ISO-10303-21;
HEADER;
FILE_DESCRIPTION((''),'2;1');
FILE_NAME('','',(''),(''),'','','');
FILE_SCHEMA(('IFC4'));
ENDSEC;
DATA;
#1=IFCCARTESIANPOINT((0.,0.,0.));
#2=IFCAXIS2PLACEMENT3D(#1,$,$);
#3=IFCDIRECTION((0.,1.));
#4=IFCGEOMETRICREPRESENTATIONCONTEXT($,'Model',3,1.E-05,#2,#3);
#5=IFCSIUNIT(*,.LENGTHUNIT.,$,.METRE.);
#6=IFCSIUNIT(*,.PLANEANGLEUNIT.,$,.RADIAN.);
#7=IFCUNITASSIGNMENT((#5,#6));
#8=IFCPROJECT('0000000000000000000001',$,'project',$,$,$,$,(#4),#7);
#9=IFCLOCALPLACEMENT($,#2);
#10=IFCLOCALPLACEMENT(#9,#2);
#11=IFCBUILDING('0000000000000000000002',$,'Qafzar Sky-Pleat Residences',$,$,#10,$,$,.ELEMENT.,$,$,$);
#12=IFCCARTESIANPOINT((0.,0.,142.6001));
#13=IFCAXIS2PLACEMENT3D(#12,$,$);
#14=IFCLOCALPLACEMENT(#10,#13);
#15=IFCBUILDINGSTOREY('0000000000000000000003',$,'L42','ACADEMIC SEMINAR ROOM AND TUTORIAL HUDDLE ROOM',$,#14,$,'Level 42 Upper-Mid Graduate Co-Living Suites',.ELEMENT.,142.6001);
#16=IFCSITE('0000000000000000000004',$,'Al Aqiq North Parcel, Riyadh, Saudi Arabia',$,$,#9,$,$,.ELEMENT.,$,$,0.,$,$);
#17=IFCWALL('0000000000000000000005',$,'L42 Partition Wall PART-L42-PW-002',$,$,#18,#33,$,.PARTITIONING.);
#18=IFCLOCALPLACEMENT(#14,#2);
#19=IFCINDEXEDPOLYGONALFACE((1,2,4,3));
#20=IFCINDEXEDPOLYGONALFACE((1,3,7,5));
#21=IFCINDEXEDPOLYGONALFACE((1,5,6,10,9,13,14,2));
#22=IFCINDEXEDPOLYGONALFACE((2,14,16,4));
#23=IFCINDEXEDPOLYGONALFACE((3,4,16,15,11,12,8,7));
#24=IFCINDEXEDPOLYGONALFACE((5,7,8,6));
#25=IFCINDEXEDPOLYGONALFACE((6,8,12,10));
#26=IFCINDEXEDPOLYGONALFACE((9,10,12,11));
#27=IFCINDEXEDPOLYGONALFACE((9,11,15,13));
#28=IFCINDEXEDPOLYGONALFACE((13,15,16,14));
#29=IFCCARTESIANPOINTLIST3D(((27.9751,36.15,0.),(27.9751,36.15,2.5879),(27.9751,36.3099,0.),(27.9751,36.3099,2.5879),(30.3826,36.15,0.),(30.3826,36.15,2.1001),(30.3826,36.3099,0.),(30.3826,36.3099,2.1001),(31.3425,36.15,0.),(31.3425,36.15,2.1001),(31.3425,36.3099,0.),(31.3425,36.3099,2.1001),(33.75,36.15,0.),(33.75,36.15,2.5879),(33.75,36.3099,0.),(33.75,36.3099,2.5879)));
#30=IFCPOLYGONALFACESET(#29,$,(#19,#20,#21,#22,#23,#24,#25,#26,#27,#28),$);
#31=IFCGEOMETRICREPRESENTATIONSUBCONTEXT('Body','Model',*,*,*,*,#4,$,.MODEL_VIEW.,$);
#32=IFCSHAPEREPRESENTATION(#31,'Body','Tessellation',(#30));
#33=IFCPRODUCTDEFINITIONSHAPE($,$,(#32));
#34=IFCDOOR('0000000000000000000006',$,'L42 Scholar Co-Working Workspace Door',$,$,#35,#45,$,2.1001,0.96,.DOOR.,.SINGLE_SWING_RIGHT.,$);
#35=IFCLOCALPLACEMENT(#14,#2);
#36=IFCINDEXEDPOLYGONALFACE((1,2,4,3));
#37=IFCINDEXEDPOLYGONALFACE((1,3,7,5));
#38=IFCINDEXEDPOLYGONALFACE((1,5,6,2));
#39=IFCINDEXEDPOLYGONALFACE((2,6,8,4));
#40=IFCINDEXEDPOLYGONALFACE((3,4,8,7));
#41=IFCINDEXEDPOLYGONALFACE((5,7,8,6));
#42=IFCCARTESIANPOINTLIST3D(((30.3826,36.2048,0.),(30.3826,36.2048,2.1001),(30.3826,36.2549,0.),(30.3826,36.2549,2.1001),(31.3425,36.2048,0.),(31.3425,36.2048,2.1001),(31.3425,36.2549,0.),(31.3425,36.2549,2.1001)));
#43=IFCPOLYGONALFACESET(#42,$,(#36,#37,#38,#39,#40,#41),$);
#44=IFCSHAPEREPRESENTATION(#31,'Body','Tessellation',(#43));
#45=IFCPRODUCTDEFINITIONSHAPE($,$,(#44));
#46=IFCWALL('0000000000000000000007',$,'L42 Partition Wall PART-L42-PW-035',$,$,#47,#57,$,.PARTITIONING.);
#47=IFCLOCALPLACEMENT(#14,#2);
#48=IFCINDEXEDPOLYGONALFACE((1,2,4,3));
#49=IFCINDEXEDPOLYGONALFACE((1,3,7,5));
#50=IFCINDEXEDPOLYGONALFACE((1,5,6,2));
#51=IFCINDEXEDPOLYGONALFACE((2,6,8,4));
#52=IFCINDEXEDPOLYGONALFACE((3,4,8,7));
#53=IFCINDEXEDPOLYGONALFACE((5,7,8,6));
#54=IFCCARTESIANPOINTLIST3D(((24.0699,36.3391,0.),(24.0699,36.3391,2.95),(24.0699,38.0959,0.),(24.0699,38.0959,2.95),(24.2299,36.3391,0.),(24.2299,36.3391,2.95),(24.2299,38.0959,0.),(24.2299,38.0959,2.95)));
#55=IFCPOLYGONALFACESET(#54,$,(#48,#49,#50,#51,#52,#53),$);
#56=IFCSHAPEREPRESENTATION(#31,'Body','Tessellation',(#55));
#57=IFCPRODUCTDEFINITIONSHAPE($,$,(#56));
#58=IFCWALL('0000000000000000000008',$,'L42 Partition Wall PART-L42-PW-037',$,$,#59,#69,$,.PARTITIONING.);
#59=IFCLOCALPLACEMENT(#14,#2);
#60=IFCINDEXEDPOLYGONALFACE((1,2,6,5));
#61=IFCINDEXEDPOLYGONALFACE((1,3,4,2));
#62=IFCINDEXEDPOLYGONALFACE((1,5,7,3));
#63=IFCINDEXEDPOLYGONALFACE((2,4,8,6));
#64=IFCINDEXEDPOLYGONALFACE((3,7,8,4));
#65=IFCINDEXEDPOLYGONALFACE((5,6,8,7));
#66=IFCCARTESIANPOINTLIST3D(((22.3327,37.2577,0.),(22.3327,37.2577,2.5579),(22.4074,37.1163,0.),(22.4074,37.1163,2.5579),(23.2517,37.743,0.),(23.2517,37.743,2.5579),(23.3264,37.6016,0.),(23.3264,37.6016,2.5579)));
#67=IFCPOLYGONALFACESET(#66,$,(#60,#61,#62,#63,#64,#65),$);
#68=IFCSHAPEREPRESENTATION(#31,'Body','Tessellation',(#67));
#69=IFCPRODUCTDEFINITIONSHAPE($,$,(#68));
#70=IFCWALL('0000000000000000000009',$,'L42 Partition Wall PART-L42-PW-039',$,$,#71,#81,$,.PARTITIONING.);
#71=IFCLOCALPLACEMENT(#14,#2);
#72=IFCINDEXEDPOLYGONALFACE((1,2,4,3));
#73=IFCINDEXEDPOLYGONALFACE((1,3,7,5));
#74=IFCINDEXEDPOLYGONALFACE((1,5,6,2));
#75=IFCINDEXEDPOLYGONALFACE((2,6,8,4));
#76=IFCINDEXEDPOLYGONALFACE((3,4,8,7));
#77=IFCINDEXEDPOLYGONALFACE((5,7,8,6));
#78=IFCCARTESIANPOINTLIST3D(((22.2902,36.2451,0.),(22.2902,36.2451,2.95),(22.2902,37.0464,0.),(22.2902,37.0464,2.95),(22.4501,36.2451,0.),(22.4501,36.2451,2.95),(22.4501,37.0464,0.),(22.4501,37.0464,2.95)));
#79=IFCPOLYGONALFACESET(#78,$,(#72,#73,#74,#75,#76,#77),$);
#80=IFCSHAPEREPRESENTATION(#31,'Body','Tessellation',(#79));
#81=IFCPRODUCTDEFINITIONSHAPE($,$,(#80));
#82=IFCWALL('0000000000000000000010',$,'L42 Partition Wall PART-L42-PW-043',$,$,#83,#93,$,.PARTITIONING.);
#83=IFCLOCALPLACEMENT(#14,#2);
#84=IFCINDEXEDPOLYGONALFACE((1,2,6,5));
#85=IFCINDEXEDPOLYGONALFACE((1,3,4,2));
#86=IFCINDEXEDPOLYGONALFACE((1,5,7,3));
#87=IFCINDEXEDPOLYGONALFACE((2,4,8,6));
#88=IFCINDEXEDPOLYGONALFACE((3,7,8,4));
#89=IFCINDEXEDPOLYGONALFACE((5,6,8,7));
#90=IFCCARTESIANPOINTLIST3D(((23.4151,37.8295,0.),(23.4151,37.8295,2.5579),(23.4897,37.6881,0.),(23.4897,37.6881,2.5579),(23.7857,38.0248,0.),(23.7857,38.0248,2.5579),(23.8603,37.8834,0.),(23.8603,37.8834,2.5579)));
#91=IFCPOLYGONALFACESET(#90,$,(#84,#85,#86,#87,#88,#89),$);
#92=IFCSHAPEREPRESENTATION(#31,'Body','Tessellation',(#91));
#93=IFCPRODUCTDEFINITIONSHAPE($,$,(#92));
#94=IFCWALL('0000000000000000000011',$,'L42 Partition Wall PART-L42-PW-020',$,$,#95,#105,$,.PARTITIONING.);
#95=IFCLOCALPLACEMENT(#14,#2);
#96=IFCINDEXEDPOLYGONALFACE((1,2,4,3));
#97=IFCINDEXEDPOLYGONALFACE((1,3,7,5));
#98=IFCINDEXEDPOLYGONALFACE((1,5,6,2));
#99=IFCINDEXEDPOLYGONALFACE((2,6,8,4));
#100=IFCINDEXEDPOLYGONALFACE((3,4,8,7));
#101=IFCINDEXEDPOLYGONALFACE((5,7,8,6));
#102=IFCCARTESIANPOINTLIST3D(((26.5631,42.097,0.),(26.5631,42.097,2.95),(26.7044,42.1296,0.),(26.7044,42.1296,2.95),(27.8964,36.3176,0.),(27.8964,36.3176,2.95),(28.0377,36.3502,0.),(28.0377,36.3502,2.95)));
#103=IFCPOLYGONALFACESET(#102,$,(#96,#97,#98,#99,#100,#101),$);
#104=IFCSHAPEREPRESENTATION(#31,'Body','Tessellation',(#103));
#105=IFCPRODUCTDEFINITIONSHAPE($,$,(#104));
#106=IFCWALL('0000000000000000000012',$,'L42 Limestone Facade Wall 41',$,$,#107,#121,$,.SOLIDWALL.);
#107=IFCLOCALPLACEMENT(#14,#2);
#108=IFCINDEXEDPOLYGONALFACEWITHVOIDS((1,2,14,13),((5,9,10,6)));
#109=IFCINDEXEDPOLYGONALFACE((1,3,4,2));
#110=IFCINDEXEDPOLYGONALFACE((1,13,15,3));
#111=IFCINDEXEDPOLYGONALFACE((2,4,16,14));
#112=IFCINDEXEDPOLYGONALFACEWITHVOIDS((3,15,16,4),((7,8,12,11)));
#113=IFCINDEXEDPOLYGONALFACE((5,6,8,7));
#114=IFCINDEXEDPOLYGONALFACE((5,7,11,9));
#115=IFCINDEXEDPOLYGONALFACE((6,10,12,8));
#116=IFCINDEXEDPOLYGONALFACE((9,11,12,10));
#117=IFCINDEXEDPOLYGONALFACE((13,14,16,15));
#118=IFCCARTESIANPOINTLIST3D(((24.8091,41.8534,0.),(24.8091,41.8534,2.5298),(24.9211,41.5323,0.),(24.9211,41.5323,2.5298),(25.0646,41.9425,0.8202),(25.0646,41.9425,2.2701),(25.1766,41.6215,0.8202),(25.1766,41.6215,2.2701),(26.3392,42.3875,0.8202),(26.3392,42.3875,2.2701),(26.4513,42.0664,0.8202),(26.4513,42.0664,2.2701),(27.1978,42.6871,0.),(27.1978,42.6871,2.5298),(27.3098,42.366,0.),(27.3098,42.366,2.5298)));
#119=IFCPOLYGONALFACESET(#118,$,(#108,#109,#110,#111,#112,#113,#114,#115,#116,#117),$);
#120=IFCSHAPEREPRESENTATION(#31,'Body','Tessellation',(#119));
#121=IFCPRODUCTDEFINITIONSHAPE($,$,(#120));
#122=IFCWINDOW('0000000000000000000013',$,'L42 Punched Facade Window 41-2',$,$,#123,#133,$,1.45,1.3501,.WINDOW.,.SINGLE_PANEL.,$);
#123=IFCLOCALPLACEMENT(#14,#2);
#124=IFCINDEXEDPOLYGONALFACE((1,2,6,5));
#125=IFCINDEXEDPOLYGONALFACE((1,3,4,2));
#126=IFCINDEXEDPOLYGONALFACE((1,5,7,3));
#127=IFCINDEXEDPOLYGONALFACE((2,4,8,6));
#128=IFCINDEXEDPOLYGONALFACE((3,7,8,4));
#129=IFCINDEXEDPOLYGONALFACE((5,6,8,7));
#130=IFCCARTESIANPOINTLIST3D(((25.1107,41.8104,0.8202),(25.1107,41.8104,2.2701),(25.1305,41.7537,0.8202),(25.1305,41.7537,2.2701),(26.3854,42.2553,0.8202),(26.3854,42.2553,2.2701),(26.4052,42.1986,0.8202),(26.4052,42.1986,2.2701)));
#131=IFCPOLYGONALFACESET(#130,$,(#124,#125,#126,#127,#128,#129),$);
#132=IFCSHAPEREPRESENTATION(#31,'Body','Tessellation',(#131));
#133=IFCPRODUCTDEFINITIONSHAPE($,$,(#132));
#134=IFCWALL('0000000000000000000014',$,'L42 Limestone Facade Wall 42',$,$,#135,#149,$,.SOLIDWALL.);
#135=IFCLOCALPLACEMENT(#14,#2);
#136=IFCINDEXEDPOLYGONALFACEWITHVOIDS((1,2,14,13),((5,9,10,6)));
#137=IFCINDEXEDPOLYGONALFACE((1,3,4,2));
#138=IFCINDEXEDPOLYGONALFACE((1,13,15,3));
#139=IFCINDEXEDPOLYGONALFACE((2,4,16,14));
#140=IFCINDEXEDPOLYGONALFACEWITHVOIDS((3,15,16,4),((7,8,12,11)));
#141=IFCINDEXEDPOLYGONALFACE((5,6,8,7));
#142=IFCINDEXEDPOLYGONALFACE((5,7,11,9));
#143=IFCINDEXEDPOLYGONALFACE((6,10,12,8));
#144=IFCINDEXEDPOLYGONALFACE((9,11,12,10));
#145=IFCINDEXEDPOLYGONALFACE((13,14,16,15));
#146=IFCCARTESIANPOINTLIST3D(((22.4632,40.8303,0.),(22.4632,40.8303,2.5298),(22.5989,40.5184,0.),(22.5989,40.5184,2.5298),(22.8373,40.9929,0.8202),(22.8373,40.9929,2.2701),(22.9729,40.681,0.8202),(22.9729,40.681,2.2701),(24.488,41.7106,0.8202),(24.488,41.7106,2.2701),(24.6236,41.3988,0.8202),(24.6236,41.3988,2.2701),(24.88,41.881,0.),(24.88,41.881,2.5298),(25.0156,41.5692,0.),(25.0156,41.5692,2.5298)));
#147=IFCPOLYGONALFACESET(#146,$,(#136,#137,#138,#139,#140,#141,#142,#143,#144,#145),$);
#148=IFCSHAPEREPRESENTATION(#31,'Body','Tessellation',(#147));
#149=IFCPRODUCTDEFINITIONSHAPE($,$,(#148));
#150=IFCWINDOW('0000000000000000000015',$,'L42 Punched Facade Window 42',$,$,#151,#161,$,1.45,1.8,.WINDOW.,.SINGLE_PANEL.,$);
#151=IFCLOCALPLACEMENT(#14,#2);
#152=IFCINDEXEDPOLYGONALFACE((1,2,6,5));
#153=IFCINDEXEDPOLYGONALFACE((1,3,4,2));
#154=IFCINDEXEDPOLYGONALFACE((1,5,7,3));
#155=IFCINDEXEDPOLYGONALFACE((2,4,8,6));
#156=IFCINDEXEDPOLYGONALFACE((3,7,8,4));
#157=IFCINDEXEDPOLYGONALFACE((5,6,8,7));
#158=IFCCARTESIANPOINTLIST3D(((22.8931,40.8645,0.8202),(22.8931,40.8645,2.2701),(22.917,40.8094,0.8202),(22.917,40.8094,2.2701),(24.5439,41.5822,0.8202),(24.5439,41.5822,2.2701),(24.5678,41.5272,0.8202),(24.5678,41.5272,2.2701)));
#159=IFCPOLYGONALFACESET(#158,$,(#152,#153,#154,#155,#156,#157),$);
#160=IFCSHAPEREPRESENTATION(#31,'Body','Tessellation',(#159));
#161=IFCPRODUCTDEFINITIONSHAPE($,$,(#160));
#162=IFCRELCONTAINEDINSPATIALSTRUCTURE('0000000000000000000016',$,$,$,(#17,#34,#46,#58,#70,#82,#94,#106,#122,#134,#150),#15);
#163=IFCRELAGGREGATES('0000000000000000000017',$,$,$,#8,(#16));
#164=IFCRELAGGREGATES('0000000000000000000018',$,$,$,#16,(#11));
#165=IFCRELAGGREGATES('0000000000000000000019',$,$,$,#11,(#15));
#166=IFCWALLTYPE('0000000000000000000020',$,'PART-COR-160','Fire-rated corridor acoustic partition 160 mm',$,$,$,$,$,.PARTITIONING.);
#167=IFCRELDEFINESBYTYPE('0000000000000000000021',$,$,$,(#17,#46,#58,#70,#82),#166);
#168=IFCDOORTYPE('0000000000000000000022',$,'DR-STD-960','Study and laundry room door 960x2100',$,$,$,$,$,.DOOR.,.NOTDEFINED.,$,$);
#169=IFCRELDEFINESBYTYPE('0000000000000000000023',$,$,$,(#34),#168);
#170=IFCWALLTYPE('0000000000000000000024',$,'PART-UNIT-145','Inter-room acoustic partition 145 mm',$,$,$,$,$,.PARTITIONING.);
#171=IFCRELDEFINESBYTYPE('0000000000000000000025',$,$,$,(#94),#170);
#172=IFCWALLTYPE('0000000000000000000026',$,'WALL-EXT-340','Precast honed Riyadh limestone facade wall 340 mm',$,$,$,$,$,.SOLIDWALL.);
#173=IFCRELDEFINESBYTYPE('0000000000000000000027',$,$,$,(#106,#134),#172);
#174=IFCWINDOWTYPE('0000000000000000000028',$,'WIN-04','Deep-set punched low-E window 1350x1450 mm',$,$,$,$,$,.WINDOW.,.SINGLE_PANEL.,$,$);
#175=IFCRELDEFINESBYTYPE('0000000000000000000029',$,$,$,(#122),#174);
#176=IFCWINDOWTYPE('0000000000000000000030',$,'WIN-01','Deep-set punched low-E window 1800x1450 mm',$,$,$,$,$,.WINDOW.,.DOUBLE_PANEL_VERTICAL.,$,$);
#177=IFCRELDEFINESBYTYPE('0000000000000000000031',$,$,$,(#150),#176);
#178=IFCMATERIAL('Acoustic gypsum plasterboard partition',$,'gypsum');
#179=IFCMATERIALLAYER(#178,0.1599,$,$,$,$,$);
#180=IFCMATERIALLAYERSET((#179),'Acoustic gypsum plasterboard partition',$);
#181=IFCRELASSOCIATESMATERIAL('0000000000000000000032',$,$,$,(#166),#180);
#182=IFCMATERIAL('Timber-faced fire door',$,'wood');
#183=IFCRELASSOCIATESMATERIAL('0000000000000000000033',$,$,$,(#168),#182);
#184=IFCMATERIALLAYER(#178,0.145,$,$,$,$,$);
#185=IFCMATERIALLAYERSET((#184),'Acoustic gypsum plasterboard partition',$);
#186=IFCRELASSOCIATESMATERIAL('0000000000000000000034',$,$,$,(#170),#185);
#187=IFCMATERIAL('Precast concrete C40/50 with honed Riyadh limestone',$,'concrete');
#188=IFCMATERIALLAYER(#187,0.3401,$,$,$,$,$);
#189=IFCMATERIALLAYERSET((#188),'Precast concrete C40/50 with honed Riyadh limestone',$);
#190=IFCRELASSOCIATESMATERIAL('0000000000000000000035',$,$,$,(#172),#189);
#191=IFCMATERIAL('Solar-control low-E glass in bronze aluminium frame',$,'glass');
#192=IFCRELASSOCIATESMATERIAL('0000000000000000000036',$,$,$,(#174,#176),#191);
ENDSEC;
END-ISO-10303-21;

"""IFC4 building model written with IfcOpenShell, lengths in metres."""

from ifc_helpers import new_model, si_unit, direction, frame, frame_2d, origin, place, context, subcontext, project, spatial, rectangle, extrude, source, transform, mapped, material, layer, layer_set, type_object, element, fill, save


model = new_model("IFC4")

# Units and contexts
model_context = context("Model", 3, precision=1e-05, world=origin(), true_north=direction((0.0, 1.0)))
body_context = subcontext(model_context, "Body", "Model", "MODEL_VIEW")
ifc_project = project(units=[si_unit("LENGTHUNIT", "METRE"), si_unit("PLANEANGLEUNIT", "RADIAN")], contexts=[model_context])

# Site, building, storey
site_placement = place(None, origin())
site = spatial("IfcSite", under=ifc_project, at=site_placement, Name="Al Aqiq North Parcel, Riyadh, Saudi Arabia", CompositionType="ELEMENT", RefElevation=0.0)
building_placement = place(site_placement, origin())
building = spatial("IfcBuilding", under=site, at=building_placement, Name="Qafzar Sky-Pleat Residences", CompositionType="ELEMENT")
storey_placement = place(building_placement, frame((0.0, 0.0, 142.6001)))
storey = spatial("IfcBuildingStorey", under=building, at=storey_placement, Name="L42", Description="ACADEMIC SEMINAR ROOM AND TUTORIAL HUDDLE ROOM", LongName="Level 42 Upper-Mid Graduate Co-Living Suites", CompositionType="ELEMENT", Elevation=142.6001)

# Wall, opening, door
ifc_material_1 = material(Name="Acoustic gypsum plasterboard partition", Category="gypsum")
ifc_layer_1 = layer(ifc_material_1, 0.1599)
ifc_layer_set_1 = layer_set([ifc_layer_1], Name="Acoustic gypsum plasterboard partition")
wall_type_1 = type_object("IfcWallType", Name="PART-COR-160", Description="Fire-rated corridor acoustic partition 160 mm", PredefinedType="PARTITIONING", material=ifc_layer_set_1)
wall_1_placement = place(storey_placement, frame((27.9751, 36.23, 0.0), z_axis=(0.0, 0.0, 1.0), x_axis=(1.0, 0.0, 0.0)))
wall_1 = element("IfcWall", 1, at=wall_1_placement, inside=storey, type_object=wall_type_1, Name="L42 Partition Wall PART-L42-PW-002", PredefinedType="PARTITIONING", context=body_context, shape_type="SweptSolid", body=[
    extrude(rectangle(XDim=5.7749, YDim=0.1599, at=frame_2d((2.8875, 0.0))), origin(), (0.0, 0.0, 1.0), 2.5879),
])
opening_1_placement = place(wall_1_placement, frame((2.4075, 0.0, 0.0)))
opening_1 = element("IfcOpeningElement", 2, at=opening_1_placement, cuts=wall_1, PredefinedType="OPENING", context=body_context, shape_type="SweptSolid", body=[
    extrude(rectangle(XDim=0.96, YDim=2.1001, at=frame_2d((0.48, 1.05))), frame((0.0, 0.0898, 0.0), z_axis=(0.0, -1.0, 0.0), x_axis=(1.0, 0.0, 0.0)), (0.0, 0.0, 1.0), 0.1799),
])
ifc_material_2 = material(Name="Timber-faced fire door", Category="wood")
door_type = type_object("IfcDoorType", Name="DR-STD-960", Description="Study and laundry room door 960x2100", OperationType="NOTDEFINED", PredefinedType="DOOR", material=ifc_material_2)
shared_shape_1 = source(origin(), body_context, "Body", "SweptSolid", [
    extrude(rectangle(XDim=0.96, YDim=2.1001, at=frame_2d((0.48, 1.05))), frame((0.0, 0.0249, 0.0), z_axis=(0.0, -1.0, 0.0), x_axis=(1.0, 0.0, 0.0)), (0.0, 0.0, 1.0), 0.05),
])
door_placement = place(opening_1_placement, origin())
door = element("IfcDoor", 3, at=door_placement, inside=storey, type_object=door_type, Name="L42 Scholar Co-Working Workspace Door", OperationType="SINGLE_SWING_RIGHT", OverallHeight=2.1001, OverallWidth=0.96, PredefinedType="DOOR", context=body_context, shape_type="MappedRepresentation", body=[
    mapped(shared_shape_1, transform((0.0, 0.0, 0.0), x_axis=(1.0, 0.0, 0.0), y_axis=(0.0, 1.0, 0.0), z_axis=(0.0, 0.0, 1.0), scale=1.0)),
])
fill(opening_1, door)

# Walls
wall_2_placement = place(storey_placement, frame((24.1499, 36.3391, 0.0), z_axis=(0.0, 0.0, 1.0), x_axis=(0.0, 1.0, 0.0)))
element("IfcWall", 4, at=wall_2_placement, inside=storey, type_object=wall_type_1, Name="L42 Partition Wall PART-L42-PW-035", PredefinedType="PARTITIONING", context=body_context, shape_type="SweptSolid", body=[
    extrude(rectangle(XDim=1.7568, YDim=0.1599, at=frame_2d((0.8784, 0.0))), origin(), (0.0, 0.0, 1.0), 2.95),
])
wall_3_placement = place(storey_placement, frame((22.3701, 37.187, 0.0), z_axis=(0.0, 0.0, 1.0), x_axis=(0.884245, 0.467024, 0.0)))
element("IfcWall", 5, at=wall_3_placement, inside=storey, type_object=wall_type_1, Name="L42 Partition Wall PART-L42-PW-037", PredefinedType="PARTITIONING", context=body_context, shape_type="SweptSolid", body=[
    extrude(rectangle(XDim=1.0393, YDim=0.1599, at=frame_2d((0.5195, 0.0))), origin(), (0.0, 0.0, 1.0), 2.5579),
])
wall_4_placement = place(storey_placement, frame((22.3701, 36.2451, 0.0), z_axis=(0.0, 0.0, 1.0), x_axis=(0.0, 1.0, 0.0)))
element("IfcWall", 6, at=wall_4_placement, inside=storey, type_object=wall_type_1, Name="L42 Partition Wall PART-L42-PW-039", PredefinedType="PARTITIONING", context=body_context, shape_type="SweptSolid", body=[
    extrude(rectangle(XDim=0.8013, YDim=0.1599, at=frame_2d((0.4006, 0.0))), origin(), (0.0, 0.0, 1.0), 2.95),
])
wall_5_placement = place(storey_placement, frame((23.4524, 37.7588, 0.0), z_axis=(0.0, 0.0, 1.0), x_axis=(0.884665, 0.466227, 0.0)))
element("IfcWall", 7, at=wall_5_placement, inside=storey, type_object=wall_type_1, Name="L42 Partition Wall PART-L42-PW-043", PredefinedType="PARTITIONING", context=body_context, shape_type="SweptSolid", body=[
    extrude(rectangle(XDim=0.4189, YDim=0.1599, at=frame_2d((0.2095, 0.0))), origin(), (0.0, 0.0, 1.0), 2.5579),
])
ifc_layer_2 = layer(ifc_material_1, 0.145)
ifc_layer_set_2 = layer_set([ifc_layer_2], Name="Acoustic gypsum plasterboard partition")
wall_type_2 = type_object("IfcWallType", Name="PART-UNIT-145", Description="Inter-room acoustic partition 145 mm", PredefinedType="PARTITIONING", material=ifc_layer_set_2)
wall_6_placement = place(storey_placement, frame((26.6338, 42.1133, 0.0), z_axis=(0.0, 0.0, 1.0), x_axis=(0.22479, -0.974407, 0.0)))
element("IfcWall", 8, at=wall_6_placement, inside=storey, type_object=wall_type_2, Name="L42 Partition Wall PART-L42-PW-020", PredefinedType="PARTITIONING", context=body_context, shape_type="SweptSolid", body=[
    extrude(rectangle(XDim=5.9312, YDim=0.145, at=frame_2d((2.9656, 0.0))), origin(), (0.0, 0.0, 1.0), 2.95),
])

# Walls, openings, windows
ifc_material_3 = material(Name="Precast concrete C40/50 with honed Riyadh limestone", Category="concrete")
ifc_layer_3 = layer(ifc_material_3, 0.3401)
ifc_layer_set_3 = layer_set([ifc_layer_3], Name="Precast concrete C40/50 with honed Riyadh limestone")
wall_type_3 = type_object("IfcWallType", Name="WALL-EXT-340", Description="Precast honed Riyadh limestone facade wall 340 mm", PredefinedType="SOLIDWALL", material=ifc_layer_set_3)
wall_7_placement = place(storey_placement, frame((27.2539, 42.5266, 0.0), z_axis=(0.0, 0.0, 1.0), x_axis=(-0.944141, -0.329542, 0.0)))
wall_7 = element("IfcWall", 9, at=wall_7_placement, inside=storey, type_object=wall_type_3, Name="L42 Limestone Facade Wall 41", PredefinedType="SOLIDWALL", context=body_context, shape_type="SweptSolid", body=[
    extrude(rectangle(XDim=2.53, YDim=0.3401, at=frame_2d((1.2651, 0.0))), origin(), (0.0, 0.0, 1.0), 2.5298),
])
opening_2_placement = place(wall_7_placement, frame((0.9094, 0.0, 0.8201)))
opening_2 = element("IfcOpeningElement", 10, at=opening_2_placement, cuts=wall_7, PredefinedType="OPENING", context=body_context, shape_type="SweptSolid", body=[
    extrude(rectangle(XDim=1.3501, YDim=1.45, at=frame_2d((0.675, 0.7251))), frame((0.0, 0.1802, 0.0), z_axis=(0.0, -1.0, 0.0), x_axis=(1.0, 0.0, 0.0)), (0.0, 0.0, 1.0), 0.3601),
])
ifc_material_4 = material(Name="Solar-control low-E glass in bronze aluminium frame", Category="glass")
window_type_1 = type_object("IfcWindowType", Name="WIN-04", Description="Deep-set punched low-E window 1350x1450 mm", PartitioningType="SINGLE_PANEL", PredefinedType="WINDOW", material=ifc_material_4)
shared_shape_2 = source(origin(), body_context, "Body", "SweptSolid", [
    extrude(rectangle(XDim=1.3501, YDim=1.45, at=frame_2d((0.675, 0.7251))), frame((0.0, 0.03, 0.0), z_axis=(0.0, -1.0, 0.0), x_axis=(1.0, 0.0, 0.0)), (0.0, 0.0, 1.0), 0.0601),
])
window_1_placement = place(opening_2_placement, origin())
window_1 = element("IfcWindow", 11, at=window_1_placement, inside=storey, type_object=window_type_1, Name="L42 Punched Facade Window 41-2", OverallHeight=1.45, OverallWidth=1.3501, PartitioningType="SINGLE_PANEL", PredefinedType="WINDOW", context=body_context, shape_type="MappedRepresentation", body=[
    mapped(shared_shape_2, transform((0.0, 0.0, 0.0), x_axis=(1.0, 0.0, 0.0), y_axis=(0.0, 1.0, 0.0), z_axis=(0.0, 0.0, 1.0), scale=1.0)),
])
fill(opening_2, window_1)
wall_8_placement = place(storey_placement, frame((24.9478, 41.7251, 0.0), z_axis=(0.0, 0.0, 1.0), x_axis=(-0.917067, -0.398733, 0.0)))
wall_8 = element("IfcWall", 12, at=wall_8_placement, inside=storey, type_object=wall_type_3, Name="L42 Limestone Facade Wall 42", PredefinedType="SOLIDWALL", context=body_context, shape_type="SweptSolid", body=[
    extrude(rectangle(XDim=2.6353, YDim=0.3401, at=frame_2d((1.3176, 0.0))), origin(), (0.0, 0.0, 1.0), 2.5298),
])
opening_3_placement = place(wall_8_placement, frame((0.4275, 0.0, 0.8201)))
opening_3 = element("IfcOpeningElement", 13, at=opening_3_placement, cuts=wall_8, PredefinedType="OPENING", context=body_context, shape_type="SweptSolid", body=[
    extrude(rectangle(XDim=1.8, YDim=1.45, at=frame_2d((0.8999, 0.7251))), frame((0.0, 0.1802, 0.0), z_axis=(0.0, -1.0, 0.0), x_axis=(1.0, 0.0, 0.0)), (0.0, 0.0, 1.0), 0.3601),
])
window_type_2 = type_object("IfcWindowType", Name="WIN-01", Description="Deep-set punched low-E window 1800x1450 mm", PartitioningType="DOUBLE_PANEL_VERTICAL", PredefinedType="WINDOW", material=ifc_material_4)
shared_shape_3 = source(origin(), body_context, "Body", "SweptSolid", [
    extrude(rectangle(XDim=1.8, YDim=1.45, at=frame_2d((0.8999, 0.7251))), frame((0.0, 0.03, 0.0), z_axis=(0.0, -1.0, 0.0), x_axis=(1.0, 0.0, 0.0)), (0.0, 0.0, 1.0), 0.0601),
])
window_2_placement = place(opening_3_placement, origin())
window_2 = element("IfcWindow", 14, at=window_2_placement, inside=storey, type_object=window_type_2, Name="L42 Punched Facade Window 42", OverallHeight=1.45, OverallWidth=1.8, PartitioningType="SINGLE_PANEL", PredefinedType="WINDOW", context=body_context, shape_type="MappedRepresentation", body=[
    mapped(shared_shape_3, transform((0.0, 0.0, 0.0), x_axis=(1.0, 0.0, 0.0), y_axis=(0.0, 1.0, 0.0), z_axis=(0.0, 0.0, 1.0), scale=1.0)),
])
fill(opening_3, window_2)

save(model, "model.ifc")
